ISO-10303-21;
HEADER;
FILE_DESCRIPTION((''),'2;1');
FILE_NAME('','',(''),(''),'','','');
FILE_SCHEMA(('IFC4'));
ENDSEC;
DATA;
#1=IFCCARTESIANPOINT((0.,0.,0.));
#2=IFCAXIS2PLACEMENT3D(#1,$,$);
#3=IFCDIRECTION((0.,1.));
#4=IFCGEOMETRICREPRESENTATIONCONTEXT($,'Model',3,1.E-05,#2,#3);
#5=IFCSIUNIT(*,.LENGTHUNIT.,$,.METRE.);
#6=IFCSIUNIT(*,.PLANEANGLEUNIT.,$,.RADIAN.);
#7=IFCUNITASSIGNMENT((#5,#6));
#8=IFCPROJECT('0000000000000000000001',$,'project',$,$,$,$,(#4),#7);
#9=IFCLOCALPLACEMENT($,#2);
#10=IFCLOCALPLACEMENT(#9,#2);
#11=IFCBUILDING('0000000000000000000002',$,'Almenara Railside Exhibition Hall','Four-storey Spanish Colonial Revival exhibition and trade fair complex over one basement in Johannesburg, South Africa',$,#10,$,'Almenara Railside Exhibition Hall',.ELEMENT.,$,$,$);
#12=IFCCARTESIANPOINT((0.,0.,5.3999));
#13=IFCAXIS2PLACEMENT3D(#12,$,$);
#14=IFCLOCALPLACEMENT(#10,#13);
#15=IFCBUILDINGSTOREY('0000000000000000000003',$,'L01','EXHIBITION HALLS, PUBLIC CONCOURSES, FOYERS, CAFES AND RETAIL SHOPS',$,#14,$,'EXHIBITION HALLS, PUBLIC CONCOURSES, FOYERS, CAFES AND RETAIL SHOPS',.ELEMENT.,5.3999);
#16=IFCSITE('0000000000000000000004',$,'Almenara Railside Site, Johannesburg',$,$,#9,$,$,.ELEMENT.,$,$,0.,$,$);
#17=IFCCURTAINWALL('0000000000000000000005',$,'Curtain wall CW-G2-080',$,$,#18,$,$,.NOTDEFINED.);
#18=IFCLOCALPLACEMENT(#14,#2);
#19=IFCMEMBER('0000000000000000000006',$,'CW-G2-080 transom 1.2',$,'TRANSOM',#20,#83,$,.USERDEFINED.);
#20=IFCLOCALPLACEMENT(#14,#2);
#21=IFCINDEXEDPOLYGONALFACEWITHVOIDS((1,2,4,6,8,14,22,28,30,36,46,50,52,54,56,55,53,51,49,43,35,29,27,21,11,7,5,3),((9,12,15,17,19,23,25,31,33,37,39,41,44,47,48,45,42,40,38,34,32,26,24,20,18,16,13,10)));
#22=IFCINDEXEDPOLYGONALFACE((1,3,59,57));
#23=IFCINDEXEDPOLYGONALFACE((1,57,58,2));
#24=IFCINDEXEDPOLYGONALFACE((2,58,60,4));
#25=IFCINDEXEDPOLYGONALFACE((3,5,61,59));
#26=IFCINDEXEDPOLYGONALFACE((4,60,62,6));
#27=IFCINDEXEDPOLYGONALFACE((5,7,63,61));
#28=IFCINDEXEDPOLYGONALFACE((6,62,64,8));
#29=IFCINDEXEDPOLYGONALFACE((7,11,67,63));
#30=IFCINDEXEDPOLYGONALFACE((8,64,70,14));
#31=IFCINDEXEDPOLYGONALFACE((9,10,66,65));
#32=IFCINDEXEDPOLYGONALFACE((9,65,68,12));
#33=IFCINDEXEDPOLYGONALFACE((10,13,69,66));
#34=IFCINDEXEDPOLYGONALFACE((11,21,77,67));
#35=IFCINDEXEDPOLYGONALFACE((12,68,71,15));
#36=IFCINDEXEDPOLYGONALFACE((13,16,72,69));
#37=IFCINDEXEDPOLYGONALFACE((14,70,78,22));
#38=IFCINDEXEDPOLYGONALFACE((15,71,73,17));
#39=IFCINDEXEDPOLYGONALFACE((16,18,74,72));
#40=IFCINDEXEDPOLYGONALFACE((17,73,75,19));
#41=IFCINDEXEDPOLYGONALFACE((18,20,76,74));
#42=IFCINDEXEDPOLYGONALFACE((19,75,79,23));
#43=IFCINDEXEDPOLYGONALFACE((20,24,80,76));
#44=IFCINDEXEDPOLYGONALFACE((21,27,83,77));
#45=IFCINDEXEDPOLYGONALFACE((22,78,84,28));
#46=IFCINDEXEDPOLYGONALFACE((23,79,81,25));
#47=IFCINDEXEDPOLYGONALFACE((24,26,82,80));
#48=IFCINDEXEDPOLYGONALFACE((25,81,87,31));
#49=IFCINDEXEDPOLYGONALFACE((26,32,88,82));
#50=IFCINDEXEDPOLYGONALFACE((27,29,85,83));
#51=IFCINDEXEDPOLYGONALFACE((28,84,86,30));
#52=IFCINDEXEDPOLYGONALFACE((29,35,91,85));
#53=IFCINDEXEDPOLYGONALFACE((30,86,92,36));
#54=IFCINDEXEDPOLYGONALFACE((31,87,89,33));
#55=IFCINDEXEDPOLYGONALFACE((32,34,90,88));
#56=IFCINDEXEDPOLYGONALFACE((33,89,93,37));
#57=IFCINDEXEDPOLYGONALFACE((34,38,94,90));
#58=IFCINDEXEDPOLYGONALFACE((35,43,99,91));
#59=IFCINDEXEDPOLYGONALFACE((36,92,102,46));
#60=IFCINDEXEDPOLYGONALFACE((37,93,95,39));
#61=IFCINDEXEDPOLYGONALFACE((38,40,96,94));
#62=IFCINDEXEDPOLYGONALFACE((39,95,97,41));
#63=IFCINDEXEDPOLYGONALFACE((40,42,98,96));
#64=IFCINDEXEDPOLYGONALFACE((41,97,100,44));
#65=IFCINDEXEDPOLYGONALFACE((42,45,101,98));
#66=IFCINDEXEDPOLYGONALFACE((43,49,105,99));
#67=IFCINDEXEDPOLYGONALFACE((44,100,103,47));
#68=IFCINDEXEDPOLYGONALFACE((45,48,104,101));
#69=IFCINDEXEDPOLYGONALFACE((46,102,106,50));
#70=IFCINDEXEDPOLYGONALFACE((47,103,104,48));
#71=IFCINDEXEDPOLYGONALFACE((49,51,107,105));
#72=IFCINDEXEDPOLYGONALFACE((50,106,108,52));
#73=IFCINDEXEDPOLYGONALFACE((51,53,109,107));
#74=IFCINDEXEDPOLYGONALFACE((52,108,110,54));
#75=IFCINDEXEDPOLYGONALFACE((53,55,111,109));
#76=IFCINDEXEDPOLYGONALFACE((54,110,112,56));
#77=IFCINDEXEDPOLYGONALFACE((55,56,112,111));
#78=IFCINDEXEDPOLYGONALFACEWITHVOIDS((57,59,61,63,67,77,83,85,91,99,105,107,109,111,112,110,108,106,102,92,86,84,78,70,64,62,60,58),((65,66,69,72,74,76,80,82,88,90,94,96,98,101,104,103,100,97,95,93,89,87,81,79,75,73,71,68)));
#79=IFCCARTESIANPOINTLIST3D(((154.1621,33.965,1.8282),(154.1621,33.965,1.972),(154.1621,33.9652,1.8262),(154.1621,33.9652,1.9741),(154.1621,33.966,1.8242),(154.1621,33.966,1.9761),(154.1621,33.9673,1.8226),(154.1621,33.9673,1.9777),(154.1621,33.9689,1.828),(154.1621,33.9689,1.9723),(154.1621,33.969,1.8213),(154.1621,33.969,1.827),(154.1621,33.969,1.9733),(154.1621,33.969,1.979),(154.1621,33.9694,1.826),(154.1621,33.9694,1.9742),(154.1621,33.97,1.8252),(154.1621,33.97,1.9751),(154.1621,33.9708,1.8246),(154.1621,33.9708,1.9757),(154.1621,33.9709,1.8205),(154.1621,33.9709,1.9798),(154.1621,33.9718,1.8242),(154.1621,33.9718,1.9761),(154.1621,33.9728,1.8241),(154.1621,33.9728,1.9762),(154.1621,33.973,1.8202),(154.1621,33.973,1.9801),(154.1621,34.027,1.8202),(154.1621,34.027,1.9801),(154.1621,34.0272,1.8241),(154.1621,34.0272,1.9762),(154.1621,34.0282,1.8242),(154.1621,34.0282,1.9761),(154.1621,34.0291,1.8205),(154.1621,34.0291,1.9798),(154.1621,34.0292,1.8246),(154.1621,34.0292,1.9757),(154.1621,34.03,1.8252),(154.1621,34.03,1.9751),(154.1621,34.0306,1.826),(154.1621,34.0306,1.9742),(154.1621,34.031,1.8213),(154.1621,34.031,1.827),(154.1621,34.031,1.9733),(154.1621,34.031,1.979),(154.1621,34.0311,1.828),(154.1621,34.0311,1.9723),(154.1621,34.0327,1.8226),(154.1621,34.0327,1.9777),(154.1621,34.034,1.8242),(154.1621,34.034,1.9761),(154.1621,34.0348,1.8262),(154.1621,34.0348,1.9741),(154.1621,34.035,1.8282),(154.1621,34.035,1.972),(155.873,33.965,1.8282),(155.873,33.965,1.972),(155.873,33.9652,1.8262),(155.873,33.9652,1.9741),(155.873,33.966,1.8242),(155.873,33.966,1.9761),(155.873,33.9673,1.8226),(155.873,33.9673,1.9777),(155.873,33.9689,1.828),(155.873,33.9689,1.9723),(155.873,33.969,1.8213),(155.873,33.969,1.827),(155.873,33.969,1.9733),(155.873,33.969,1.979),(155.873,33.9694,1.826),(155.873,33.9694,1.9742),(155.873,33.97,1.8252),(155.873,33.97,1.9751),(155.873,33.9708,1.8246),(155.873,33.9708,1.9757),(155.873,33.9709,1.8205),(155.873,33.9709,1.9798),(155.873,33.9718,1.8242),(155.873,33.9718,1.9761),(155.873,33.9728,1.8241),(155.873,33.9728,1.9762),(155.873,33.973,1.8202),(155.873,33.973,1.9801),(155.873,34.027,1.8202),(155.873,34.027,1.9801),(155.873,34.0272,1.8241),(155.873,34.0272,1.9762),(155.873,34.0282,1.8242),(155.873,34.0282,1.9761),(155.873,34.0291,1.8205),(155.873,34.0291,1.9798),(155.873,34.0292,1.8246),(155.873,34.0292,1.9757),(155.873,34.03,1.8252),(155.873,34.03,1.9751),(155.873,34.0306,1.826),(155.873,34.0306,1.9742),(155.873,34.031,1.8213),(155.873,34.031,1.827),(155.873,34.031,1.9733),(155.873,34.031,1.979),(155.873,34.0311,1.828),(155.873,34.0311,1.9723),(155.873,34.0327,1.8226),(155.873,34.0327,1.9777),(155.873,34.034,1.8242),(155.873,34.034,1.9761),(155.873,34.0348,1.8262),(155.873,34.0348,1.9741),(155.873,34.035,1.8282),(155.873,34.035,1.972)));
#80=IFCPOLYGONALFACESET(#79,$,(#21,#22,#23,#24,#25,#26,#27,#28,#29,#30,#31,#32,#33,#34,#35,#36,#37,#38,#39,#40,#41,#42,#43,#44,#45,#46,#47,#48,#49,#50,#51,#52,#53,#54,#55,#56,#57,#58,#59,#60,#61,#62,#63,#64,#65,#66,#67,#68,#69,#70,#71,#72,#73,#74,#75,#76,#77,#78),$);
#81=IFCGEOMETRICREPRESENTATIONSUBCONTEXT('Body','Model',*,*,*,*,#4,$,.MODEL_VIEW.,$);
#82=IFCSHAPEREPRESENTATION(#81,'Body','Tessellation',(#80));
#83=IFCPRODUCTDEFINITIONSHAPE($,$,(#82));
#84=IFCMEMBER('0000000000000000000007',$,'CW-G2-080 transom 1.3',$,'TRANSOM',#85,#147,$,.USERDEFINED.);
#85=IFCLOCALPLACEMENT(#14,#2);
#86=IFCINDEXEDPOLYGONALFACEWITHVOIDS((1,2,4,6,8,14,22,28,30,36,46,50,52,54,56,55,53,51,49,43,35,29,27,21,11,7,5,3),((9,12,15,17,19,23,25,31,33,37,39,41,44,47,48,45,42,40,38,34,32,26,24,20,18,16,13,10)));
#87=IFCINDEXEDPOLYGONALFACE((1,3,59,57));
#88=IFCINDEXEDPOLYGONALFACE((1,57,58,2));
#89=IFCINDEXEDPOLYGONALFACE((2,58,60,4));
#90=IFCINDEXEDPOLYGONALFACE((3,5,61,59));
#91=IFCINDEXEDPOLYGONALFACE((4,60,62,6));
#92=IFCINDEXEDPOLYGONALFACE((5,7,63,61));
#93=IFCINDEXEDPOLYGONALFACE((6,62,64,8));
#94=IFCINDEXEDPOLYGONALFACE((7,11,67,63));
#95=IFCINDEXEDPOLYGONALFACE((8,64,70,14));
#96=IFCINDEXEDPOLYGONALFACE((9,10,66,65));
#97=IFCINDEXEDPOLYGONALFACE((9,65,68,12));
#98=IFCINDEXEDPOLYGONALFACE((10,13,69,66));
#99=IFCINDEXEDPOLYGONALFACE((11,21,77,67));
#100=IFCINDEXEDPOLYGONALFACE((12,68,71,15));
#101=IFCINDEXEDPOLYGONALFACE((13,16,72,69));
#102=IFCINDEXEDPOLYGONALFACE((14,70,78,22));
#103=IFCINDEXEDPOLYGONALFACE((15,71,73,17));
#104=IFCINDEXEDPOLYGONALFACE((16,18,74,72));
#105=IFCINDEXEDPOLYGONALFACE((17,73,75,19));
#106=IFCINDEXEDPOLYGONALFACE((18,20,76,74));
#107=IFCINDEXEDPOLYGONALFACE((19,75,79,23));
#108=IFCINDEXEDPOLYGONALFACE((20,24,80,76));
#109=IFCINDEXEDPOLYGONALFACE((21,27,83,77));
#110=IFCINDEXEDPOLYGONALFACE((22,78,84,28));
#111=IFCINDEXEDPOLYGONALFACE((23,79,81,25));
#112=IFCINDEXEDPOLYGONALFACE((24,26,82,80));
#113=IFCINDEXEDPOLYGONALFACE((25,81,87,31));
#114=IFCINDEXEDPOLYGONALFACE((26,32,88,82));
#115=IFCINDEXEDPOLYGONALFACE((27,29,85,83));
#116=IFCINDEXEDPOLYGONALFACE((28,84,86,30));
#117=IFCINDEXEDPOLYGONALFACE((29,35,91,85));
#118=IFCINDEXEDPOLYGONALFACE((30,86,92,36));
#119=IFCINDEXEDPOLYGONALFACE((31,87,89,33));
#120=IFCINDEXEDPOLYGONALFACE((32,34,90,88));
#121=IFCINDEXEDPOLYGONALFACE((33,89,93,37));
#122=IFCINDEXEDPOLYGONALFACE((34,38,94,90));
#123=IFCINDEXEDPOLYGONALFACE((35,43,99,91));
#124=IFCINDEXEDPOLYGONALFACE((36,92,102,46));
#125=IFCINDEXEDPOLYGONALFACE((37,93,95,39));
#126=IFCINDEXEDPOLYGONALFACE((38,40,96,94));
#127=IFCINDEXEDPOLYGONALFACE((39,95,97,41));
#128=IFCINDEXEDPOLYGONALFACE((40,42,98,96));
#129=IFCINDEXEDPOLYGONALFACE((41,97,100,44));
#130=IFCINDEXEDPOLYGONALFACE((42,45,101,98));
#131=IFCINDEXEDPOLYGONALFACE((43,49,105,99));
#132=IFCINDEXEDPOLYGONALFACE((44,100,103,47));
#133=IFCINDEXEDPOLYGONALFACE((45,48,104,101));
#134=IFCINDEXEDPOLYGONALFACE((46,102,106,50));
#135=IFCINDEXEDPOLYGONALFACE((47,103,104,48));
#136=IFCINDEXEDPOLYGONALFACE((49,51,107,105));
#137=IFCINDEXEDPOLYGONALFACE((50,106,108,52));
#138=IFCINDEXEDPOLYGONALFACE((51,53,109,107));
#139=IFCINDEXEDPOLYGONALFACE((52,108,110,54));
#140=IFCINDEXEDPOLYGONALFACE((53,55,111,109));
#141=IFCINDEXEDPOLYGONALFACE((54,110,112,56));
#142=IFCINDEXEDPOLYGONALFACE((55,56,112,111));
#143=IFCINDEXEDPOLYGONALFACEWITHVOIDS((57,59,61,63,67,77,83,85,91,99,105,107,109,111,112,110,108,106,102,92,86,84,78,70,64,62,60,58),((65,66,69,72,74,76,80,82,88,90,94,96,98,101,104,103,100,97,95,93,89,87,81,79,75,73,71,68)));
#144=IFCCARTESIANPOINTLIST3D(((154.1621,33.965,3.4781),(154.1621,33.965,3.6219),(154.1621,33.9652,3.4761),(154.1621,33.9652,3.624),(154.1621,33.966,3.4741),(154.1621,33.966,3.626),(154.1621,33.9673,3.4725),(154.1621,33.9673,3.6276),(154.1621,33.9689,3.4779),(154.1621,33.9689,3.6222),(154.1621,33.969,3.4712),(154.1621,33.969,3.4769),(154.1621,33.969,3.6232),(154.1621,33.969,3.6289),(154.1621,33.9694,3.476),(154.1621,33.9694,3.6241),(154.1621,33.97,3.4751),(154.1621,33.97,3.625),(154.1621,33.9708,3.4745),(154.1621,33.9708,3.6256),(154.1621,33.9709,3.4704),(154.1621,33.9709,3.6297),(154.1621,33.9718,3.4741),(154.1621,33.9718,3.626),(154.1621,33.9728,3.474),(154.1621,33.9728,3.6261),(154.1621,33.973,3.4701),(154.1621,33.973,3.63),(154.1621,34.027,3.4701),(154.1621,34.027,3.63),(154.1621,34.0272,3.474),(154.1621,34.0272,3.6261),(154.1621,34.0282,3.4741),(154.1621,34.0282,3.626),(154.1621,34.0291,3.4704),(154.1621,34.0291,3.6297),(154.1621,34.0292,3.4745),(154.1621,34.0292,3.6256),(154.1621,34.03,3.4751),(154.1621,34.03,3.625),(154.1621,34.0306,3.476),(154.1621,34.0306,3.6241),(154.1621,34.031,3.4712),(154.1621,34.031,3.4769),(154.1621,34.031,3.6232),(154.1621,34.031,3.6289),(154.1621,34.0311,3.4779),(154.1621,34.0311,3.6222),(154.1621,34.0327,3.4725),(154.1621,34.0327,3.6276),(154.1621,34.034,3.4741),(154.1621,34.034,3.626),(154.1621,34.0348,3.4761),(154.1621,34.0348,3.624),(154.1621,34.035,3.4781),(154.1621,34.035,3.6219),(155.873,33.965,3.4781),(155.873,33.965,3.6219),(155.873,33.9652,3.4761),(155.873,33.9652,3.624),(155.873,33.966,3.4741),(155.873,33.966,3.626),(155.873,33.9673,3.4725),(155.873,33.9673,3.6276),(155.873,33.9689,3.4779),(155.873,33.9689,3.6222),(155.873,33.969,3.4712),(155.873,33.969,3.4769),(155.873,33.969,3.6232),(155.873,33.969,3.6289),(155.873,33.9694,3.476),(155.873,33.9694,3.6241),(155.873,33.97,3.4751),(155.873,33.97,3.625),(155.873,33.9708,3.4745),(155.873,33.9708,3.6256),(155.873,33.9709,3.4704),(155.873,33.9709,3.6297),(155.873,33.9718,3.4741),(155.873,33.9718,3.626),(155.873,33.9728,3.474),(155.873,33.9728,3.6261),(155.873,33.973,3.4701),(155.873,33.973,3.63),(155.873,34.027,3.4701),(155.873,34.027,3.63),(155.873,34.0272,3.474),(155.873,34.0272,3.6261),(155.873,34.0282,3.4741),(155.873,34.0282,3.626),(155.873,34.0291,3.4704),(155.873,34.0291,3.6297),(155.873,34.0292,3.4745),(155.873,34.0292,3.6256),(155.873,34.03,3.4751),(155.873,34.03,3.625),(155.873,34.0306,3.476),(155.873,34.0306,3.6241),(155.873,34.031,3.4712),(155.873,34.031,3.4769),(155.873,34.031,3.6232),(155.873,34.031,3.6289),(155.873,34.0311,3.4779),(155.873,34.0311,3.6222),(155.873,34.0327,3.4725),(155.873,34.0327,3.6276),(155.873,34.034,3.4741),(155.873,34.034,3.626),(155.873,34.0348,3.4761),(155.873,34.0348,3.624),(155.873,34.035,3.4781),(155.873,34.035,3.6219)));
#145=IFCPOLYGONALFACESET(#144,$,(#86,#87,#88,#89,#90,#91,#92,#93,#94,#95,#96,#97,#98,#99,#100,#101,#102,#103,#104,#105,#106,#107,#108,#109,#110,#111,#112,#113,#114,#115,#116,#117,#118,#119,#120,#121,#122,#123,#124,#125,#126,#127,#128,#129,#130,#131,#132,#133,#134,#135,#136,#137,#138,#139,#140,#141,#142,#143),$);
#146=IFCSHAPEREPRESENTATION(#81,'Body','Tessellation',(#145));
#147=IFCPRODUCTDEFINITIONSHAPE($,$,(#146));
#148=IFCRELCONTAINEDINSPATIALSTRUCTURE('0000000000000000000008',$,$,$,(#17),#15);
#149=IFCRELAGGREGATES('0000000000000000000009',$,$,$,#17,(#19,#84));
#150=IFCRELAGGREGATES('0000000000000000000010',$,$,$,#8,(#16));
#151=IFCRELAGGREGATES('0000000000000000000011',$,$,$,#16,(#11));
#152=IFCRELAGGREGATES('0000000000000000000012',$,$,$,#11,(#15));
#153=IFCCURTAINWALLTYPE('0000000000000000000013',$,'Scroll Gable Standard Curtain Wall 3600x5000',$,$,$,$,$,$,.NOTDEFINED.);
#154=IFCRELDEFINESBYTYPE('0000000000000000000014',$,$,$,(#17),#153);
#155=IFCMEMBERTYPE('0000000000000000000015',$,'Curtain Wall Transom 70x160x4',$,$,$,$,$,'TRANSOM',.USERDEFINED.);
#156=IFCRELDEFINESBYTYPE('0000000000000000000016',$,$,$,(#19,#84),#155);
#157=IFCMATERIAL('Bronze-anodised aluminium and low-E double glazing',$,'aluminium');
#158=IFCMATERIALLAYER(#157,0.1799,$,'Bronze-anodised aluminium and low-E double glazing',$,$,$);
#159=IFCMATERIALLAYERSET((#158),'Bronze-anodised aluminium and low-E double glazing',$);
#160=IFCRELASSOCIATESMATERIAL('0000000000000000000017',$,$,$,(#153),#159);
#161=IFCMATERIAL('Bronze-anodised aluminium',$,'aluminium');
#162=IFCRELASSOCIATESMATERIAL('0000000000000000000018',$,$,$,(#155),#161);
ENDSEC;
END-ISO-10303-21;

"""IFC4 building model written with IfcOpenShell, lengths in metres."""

from ifc_helpers import new_model, si_unit, direction, frame, origin, origin_2d, place, context, subcontext, project, spatial, hollow_rectangle, extrude, material, layer, layer_set, material_profile, profile_set, type_object, element, aggregate, save


model = new_model("IFC4")

# Units and contexts
model_context = context("Model", 3, precision=1e-05, world=origin(), true_north=direction((0.0, 1.0)))
body_context = subcontext(model_context, "Body", "Model", "MODEL_VIEW")
ifc_project = project(units=[si_unit("LENGTHUNIT", "METRE"), si_unit("PLANEANGLEUNIT", "RADIAN")], contexts=[model_context])

# Site, building, storey
site_placement = place(None, origin())
site = spatial("IfcSite", under=ifc_project, at=site_placement, Name="Almenara Railside Site, Johannesburg", CompositionType="ELEMENT", RefElevation=0.0)
building_placement = place(site_placement, origin())
building = spatial("IfcBuilding", under=site, at=building_placement, Name="Almenara Railside Exhibition Hall", Description="Four-storey Spanish Colonial Revival exhibition and trade fair complex over one basement in Johannesburg, South Africa", LongName="Almenara Railside Exhibition Hall", CompositionType="ELEMENT")
storey_placement = place(building_placement, frame((0.0, 0.0, 5.3999)))
storey = spatial("IfcBuildingStorey", under=building, at=storey_placement, Name="L01", Description="EXHIBITION HALLS, PUBLIC CONCOURSES, FOYERS, CAFES AND RETAIL SHOPS", LongName="EXHIBITION HALLS, PUBLIC CONCOURSES, FOYERS, CAFES AND RETAIL SHOPS", CompositionType="ELEMENT", Elevation=5.3999)

# Shared definitions
ifc_material_1 = material(Name="Bronze-anodised aluminium and low-E double glazing", Category="aluminium")
ifc_layer_1 = layer(ifc_material_1, 0.1799, Name="Bronze-anodised aluminium and low-E double glazing")
ifc_layer_set_1 = layer_set([ifc_layer_1], Name="Bronze-anodised aluminium and low-E double glazing")
curtain_wall_type_1 = type_object("IfcCurtainWallType", Name="Scroll Gable Standard Curtain Wall 3600x5000", PredefinedType="NOTDEFINED", material=ifc_layer_set_1)
ifc_material_2 = material(Name="Bronze-anodised aluminium", Category="aluminium")

# Curtain wall
curtain_wall_1_placement = place(storey_placement, origin())
curtain_wall_1 = element("IfcCurtainWall", 1, at=curtain_wall_1_placement, inside=storey, type_object=curtain_wall_type_1, Name="Curtain wall CW-G2-080", PredefinedType="NOTDEFINED")

# Members
ifc_material_profile_1 = material_profile(ifc_material_2, hollow_rectangle(XDim=0.0701, YDim=0.1599, WallThickness=0.0039, InnerFilletRadius=0.0039, OuterFilletRadius=0.0081, at=origin_2d()), Name="ALU-TRN 70x160x4")
ifc_profile_set_1 = profile_set([ifc_material_profile_1], Name="Bronze-anodised aluminium")
member_type_1 = type_object("IfcMemberType", Name="Curtain Wall Transom 70x160x4", ElementType="TRANSOM", PredefinedType="USERDEFINED", material=ifc_profile_set_1)
member_1_placement = place(storey_placement, frame((154.1621, 34.0, 1.9001), z_axis=(1.0, 0.0, 0.0), x_axis=(0.0, 1.0, 0.0)))
member_1 = element("IfcMember", 2, at=member_1_placement, type_object=member_type_1, Name="CW-G2-080 transom 1.2", ObjectType="TRANSOM", PredefinedType="USERDEFINED", context=body_context, shape_type="SweptSolid", body=[
    extrude(hollow_rectangle(XDim=0.0701, YDim=0.1599, WallThickness=0.0039, InnerFilletRadius=0.0039, OuterFilletRadius=0.0081, at=origin_2d()), origin(), (0.0, 0.0, 1.0), 1.7109),
])
member_2_placement = place(storey_placement, frame((154.1621, 34.0, 3.55), z_axis=(1.0, 0.0, 0.0), x_axis=(0.0, 1.0, 0.0)))
member_2 = element("IfcMember", 3, at=member_2_placement, type_object=member_type_1, Name="CW-G2-080 transom 1.3", ObjectType="TRANSOM", PredefinedType="USERDEFINED", context=body_context, shape_type="SweptSolid", body=[
    extrude(hollow_rectangle(XDim=0.0701, YDim=0.1599, WallThickness=0.0039, InnerFilletRadius=0.0039, OuterFilletRadius=0.0081, at=origin_2d()), origin(), (0.0, 0.0, 1.0), 1.7109),
])
aggregate(curtain_wall_1, [member_1, member_2])

save(model, "model.ifc")
